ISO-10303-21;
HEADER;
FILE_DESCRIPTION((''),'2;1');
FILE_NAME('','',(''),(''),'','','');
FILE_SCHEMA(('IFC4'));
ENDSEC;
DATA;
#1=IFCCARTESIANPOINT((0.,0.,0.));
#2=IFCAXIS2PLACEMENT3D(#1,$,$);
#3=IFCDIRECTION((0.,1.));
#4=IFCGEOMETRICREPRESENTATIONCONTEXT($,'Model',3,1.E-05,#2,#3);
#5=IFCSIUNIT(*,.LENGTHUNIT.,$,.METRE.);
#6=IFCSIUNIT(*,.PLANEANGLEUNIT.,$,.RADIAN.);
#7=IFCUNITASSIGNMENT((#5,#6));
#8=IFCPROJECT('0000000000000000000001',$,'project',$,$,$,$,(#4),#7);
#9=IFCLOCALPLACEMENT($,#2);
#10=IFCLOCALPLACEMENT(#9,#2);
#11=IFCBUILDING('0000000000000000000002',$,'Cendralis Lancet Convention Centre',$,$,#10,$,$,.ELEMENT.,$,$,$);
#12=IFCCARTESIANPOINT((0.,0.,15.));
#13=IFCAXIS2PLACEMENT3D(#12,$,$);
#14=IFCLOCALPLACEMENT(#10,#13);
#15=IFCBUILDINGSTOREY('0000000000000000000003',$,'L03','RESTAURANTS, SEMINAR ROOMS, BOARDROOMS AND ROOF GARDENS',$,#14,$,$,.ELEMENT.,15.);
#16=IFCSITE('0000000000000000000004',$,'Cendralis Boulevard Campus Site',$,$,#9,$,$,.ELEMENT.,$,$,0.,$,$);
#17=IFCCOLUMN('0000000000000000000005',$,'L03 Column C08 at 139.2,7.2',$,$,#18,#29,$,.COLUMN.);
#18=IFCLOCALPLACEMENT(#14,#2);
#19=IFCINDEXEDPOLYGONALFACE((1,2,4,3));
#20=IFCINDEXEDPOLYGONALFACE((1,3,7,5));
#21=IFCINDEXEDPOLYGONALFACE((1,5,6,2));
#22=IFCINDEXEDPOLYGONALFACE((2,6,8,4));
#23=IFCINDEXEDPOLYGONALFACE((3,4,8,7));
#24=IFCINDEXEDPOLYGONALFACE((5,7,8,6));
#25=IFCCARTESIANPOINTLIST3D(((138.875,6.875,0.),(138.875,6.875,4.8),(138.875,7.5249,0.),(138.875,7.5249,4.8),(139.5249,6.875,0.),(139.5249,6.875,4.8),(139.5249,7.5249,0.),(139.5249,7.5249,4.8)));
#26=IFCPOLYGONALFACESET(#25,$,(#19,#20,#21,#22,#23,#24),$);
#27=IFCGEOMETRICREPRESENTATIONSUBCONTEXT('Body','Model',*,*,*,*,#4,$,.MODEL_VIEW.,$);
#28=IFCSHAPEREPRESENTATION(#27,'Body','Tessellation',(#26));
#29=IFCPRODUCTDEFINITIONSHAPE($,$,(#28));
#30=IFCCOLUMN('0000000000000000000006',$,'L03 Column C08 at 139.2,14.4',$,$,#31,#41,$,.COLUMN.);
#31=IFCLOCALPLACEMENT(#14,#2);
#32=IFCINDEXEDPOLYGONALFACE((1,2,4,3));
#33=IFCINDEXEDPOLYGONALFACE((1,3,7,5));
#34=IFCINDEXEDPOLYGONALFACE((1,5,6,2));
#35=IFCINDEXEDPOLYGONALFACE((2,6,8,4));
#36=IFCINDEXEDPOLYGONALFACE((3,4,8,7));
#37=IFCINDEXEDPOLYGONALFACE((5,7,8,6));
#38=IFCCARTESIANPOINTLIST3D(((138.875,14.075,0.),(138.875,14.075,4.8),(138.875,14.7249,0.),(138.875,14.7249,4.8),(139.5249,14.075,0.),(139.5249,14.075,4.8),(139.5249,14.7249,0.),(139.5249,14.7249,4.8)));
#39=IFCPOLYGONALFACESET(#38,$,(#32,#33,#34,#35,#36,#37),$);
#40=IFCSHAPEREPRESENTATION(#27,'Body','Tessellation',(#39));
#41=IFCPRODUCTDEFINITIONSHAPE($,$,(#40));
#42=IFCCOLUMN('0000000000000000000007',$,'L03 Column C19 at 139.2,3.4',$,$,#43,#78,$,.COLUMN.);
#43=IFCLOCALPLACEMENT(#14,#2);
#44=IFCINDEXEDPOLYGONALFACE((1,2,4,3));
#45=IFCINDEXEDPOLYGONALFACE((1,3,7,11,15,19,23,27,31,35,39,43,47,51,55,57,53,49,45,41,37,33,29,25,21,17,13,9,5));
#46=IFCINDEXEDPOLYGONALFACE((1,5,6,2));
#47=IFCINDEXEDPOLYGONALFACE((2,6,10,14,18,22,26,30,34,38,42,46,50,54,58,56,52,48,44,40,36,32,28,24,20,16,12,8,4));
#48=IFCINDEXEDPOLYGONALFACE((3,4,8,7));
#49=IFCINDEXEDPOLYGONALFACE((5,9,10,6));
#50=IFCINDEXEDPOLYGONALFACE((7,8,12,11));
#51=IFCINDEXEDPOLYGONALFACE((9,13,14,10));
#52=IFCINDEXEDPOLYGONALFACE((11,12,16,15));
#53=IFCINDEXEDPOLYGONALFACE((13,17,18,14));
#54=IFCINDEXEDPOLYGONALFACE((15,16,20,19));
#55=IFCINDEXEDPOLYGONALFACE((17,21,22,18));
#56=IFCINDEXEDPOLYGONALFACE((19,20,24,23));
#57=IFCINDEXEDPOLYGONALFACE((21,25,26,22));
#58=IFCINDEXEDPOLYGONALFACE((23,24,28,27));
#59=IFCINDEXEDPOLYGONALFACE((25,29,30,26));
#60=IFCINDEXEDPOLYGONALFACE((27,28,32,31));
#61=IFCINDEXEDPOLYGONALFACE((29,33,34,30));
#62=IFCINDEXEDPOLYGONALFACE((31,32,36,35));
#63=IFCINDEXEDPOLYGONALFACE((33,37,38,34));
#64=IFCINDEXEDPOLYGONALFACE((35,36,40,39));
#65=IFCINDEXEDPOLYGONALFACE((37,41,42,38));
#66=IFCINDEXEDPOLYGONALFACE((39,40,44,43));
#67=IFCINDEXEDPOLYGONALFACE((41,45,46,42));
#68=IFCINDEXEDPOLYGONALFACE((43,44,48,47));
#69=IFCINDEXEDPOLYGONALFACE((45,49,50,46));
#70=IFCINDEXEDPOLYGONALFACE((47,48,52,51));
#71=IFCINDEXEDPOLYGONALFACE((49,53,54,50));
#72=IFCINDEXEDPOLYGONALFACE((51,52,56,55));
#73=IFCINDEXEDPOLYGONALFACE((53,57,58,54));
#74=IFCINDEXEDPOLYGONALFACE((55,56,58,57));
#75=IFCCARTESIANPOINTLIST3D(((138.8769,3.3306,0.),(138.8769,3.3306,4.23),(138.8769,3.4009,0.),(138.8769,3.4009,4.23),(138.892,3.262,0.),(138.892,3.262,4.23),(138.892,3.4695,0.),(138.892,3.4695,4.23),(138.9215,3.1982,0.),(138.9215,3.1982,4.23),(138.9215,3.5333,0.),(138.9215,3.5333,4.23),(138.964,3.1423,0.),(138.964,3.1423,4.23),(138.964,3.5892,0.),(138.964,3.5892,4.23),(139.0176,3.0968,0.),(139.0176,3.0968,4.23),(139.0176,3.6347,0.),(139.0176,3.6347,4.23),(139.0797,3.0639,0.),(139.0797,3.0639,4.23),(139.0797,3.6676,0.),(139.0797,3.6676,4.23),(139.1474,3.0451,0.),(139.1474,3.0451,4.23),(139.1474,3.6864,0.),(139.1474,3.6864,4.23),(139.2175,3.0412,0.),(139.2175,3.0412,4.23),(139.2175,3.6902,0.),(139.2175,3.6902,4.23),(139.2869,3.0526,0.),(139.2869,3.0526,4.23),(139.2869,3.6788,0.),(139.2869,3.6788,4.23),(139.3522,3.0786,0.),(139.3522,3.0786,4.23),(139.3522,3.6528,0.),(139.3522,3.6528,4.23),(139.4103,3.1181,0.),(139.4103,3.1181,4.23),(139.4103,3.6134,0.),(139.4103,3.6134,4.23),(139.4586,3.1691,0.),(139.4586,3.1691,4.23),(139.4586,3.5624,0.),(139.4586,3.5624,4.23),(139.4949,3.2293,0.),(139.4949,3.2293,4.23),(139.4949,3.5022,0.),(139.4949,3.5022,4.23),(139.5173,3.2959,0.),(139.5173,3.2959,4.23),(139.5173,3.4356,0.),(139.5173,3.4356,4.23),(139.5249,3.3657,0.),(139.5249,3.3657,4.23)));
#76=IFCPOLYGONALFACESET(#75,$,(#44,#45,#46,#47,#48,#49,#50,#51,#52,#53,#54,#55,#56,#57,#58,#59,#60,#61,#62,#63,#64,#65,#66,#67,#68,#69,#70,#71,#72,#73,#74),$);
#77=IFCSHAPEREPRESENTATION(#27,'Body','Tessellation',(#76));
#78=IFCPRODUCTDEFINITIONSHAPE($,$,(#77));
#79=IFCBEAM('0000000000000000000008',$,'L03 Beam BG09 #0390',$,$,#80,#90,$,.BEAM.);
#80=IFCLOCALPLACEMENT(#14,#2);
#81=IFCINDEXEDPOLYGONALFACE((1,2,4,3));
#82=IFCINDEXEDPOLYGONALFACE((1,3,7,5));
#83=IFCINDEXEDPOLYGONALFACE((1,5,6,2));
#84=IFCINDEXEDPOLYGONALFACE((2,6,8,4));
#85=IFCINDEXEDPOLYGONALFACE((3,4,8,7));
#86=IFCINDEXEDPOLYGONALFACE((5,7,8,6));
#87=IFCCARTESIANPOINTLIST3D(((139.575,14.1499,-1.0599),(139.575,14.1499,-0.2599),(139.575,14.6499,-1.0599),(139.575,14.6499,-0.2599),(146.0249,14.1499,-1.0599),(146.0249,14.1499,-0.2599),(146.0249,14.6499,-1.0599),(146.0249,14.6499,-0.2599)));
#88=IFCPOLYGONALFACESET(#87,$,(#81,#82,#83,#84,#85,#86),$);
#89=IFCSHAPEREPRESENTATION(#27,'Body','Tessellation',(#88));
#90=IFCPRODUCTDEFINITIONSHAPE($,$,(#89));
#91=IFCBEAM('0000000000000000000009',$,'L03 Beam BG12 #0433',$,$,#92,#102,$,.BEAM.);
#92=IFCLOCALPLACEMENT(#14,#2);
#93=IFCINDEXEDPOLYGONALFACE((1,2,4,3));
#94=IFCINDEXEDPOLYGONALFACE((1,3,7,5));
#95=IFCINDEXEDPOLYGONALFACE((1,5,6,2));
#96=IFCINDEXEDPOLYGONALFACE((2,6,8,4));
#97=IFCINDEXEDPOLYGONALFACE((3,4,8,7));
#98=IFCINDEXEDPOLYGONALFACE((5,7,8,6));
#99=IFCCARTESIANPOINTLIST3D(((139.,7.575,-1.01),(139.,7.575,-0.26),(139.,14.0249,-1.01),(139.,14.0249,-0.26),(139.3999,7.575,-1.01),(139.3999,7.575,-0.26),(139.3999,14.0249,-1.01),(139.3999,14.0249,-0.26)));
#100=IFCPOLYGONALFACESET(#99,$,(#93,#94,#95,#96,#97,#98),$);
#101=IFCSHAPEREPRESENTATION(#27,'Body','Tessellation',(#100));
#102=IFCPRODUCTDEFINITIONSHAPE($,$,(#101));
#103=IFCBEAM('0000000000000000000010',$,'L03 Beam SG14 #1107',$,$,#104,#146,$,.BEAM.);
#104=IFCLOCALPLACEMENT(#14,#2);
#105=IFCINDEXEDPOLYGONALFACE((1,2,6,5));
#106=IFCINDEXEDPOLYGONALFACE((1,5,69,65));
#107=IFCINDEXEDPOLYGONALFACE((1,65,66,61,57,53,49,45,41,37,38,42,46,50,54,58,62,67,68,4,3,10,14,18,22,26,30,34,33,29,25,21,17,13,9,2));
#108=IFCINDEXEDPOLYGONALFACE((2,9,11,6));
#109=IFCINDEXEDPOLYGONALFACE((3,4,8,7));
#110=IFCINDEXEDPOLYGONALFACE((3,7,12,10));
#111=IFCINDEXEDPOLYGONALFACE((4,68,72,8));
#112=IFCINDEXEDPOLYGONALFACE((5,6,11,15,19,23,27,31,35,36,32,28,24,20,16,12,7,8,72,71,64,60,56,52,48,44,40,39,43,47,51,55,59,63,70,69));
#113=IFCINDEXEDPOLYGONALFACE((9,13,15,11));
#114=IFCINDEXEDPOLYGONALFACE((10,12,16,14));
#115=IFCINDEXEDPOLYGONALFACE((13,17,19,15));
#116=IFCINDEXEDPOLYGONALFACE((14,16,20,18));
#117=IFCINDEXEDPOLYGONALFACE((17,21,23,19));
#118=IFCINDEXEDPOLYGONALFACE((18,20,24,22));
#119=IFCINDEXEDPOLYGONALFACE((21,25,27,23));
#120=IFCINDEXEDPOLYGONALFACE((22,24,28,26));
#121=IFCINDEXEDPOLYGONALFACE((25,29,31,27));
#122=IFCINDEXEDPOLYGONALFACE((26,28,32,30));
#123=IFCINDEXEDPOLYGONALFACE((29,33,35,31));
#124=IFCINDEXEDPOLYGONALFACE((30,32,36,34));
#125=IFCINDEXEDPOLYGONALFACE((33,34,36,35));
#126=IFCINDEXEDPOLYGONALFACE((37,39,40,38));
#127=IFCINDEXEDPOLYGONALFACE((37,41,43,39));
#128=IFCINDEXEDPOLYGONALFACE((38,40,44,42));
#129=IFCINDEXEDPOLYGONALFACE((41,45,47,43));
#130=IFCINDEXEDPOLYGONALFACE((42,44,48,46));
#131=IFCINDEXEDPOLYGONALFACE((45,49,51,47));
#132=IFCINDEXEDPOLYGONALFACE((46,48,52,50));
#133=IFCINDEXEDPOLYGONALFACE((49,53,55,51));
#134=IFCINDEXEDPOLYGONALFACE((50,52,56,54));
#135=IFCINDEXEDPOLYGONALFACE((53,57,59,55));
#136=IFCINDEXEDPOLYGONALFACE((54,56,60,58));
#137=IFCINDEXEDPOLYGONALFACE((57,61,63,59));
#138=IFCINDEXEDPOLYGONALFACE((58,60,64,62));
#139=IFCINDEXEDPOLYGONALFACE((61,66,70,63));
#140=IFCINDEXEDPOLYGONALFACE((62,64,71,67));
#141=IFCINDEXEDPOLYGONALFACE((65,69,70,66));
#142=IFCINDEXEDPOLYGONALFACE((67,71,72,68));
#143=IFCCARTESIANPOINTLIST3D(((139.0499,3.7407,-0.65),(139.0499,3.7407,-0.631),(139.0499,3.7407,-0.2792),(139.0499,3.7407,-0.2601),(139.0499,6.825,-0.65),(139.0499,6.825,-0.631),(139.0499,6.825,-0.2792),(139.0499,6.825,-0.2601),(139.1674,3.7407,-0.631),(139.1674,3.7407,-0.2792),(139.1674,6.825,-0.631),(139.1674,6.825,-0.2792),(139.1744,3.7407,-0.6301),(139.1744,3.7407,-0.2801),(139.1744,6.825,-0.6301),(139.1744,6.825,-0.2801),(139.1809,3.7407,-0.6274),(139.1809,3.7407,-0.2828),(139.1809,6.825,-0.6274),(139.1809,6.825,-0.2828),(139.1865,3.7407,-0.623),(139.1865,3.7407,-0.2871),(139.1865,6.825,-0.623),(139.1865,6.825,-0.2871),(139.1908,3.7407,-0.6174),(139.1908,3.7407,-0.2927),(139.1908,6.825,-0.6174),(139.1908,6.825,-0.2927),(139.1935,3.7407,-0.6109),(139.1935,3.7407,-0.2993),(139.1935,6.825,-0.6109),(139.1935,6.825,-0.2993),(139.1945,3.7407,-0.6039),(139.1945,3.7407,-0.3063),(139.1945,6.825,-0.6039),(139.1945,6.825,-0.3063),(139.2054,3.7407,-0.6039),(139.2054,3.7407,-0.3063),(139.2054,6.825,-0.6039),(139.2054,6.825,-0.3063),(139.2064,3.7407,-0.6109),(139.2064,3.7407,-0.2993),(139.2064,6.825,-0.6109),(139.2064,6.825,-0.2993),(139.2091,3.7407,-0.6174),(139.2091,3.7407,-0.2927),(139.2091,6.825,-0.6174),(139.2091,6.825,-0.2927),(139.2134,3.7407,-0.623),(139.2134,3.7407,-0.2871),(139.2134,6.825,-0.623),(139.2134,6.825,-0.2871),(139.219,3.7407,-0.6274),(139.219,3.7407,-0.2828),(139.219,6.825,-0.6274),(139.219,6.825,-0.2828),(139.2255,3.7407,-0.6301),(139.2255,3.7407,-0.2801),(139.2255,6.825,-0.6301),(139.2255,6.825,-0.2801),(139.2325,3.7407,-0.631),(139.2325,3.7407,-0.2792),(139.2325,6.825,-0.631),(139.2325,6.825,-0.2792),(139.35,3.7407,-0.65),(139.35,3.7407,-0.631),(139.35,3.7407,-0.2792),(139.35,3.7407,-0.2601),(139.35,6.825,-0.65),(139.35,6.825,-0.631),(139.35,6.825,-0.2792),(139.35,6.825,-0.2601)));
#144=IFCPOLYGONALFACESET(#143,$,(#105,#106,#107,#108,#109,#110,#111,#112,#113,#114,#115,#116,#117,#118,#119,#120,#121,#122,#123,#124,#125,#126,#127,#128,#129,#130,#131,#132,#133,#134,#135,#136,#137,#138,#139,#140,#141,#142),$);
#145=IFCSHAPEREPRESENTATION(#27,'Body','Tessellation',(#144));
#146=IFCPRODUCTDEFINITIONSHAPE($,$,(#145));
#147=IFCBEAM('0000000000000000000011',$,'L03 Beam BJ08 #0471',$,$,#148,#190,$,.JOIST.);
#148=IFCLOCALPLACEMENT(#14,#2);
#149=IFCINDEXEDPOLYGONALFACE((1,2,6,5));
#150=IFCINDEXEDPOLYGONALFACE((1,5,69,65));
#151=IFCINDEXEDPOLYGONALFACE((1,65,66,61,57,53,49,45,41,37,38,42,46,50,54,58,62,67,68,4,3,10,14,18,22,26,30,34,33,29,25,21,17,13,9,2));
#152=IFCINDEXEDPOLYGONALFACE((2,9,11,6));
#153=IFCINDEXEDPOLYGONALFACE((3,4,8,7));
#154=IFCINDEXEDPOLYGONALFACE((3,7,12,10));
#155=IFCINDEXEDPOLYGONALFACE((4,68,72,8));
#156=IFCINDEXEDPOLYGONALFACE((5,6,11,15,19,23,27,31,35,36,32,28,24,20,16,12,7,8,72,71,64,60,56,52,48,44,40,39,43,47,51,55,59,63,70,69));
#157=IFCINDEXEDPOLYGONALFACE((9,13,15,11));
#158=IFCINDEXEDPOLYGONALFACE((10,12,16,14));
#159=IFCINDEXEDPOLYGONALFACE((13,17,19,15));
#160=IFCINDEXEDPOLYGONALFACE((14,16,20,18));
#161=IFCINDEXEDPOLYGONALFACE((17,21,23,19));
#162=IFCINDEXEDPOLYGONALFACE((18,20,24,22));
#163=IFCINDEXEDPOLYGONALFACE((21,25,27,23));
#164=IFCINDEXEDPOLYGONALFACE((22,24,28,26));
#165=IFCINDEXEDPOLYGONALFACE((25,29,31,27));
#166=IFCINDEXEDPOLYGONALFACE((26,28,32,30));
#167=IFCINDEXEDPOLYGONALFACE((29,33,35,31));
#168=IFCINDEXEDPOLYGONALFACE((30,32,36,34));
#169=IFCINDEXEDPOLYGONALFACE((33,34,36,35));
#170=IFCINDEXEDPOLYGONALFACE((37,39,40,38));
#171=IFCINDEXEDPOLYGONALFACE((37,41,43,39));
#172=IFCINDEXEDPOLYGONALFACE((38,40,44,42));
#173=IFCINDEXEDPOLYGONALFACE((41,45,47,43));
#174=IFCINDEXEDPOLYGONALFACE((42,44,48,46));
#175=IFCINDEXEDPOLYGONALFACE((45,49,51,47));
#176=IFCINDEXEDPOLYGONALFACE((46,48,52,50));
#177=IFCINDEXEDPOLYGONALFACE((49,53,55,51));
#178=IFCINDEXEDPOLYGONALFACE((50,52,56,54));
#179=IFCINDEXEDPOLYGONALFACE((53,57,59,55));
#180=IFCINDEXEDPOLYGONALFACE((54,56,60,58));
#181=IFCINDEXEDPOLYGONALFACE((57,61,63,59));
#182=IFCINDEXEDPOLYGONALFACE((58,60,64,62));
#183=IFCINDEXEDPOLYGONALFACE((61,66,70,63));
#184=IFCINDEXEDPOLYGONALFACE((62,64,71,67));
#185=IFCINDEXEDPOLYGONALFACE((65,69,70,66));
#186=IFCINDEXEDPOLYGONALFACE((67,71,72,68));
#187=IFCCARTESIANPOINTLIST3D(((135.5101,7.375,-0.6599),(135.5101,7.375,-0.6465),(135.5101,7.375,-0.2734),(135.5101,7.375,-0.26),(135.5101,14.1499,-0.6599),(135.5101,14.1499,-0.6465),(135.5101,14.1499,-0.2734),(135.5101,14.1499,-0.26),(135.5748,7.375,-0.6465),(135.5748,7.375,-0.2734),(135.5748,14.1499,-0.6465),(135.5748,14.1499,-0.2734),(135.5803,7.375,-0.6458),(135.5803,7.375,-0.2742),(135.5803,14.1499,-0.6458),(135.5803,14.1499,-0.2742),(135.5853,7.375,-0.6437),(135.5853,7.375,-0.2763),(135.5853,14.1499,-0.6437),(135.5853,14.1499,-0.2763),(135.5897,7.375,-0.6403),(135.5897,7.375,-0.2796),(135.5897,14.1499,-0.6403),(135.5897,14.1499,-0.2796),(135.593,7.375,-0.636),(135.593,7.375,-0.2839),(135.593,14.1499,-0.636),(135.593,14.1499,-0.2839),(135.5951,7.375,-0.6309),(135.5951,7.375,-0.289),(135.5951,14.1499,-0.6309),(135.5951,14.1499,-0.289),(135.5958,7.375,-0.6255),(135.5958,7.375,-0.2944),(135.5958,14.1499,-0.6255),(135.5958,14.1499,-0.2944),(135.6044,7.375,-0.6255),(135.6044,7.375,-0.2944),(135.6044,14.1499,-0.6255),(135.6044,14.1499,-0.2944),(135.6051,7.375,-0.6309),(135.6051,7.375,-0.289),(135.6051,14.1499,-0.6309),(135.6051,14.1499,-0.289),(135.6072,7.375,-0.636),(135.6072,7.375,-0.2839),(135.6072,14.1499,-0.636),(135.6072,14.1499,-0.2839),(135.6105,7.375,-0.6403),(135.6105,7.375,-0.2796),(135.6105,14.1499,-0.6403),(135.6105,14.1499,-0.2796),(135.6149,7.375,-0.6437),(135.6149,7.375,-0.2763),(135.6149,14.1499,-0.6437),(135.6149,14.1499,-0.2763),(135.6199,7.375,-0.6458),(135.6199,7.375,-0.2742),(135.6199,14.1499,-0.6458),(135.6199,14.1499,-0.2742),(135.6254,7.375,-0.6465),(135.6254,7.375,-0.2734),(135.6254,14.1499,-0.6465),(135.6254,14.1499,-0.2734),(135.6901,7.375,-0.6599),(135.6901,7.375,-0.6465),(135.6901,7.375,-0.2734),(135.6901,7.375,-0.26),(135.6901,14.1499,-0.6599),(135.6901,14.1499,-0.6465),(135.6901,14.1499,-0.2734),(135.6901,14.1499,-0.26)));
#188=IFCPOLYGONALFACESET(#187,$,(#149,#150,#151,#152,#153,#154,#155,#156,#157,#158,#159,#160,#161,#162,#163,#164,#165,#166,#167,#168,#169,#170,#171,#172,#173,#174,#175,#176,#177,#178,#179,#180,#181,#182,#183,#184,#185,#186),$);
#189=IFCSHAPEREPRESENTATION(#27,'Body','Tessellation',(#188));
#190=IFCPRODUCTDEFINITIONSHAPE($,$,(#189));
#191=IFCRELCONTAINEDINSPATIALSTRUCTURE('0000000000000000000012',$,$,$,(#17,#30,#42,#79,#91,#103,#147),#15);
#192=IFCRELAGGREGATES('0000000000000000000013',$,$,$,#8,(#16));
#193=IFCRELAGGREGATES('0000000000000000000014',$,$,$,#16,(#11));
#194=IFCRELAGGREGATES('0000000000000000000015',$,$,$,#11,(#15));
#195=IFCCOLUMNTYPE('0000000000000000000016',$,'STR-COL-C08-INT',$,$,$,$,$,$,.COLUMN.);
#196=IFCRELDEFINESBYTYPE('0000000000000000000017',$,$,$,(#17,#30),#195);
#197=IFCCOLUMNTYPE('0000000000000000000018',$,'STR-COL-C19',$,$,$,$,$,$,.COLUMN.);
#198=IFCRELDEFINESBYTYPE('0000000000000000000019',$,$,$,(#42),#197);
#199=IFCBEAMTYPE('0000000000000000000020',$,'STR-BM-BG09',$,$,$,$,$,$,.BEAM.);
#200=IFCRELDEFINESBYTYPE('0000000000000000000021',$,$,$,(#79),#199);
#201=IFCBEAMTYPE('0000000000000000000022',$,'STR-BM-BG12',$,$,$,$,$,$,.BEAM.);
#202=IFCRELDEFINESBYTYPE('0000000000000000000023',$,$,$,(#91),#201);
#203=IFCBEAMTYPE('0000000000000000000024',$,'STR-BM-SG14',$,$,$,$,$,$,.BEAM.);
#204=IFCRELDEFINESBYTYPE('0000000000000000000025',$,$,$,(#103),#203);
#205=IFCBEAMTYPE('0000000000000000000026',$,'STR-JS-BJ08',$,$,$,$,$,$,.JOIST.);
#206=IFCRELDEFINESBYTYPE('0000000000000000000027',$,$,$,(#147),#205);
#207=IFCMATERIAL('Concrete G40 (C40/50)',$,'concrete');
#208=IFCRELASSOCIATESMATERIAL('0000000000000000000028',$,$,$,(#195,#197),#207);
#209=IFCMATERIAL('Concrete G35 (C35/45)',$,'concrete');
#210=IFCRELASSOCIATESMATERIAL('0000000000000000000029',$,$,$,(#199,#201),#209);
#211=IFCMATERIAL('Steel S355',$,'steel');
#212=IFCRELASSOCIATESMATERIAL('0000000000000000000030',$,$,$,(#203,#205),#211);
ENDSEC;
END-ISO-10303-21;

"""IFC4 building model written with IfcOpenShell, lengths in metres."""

from ifc_helpers import new_model, si_unit, direction, frame, origin, origin_2d, place, context, subcontext, project, spatial, rectangle, circle, i_section, extrude, material, material_profile, profile_set, type_object, element, save


model = new_model("IFC4")

# Units and contexts
model_context = context("Model", 3, precision=1e-05, world=origin(), true_north=direction((0.0, 1.0)))
body_context = subcontext(model_context, "Body", "Model", "MODEL_VIEW")
ifc_project = project(units=[si_unit("LENGTHUNIT", "METRE"), si_unit("PLANEANGLEUNIT", "RADIAN")], contexts=[model_context])

# Site, building, storey
site_placement = place(None, origin())
site = spatial("IfcSite", under=ifc_project, at=site_placement, Name="Cendralis Boulevard Campus Site", CompositionType="ELEMENT", RefElevation=0.0)
building_placement = place(site_placement, origin())
building = spatial("IfcBuilding", under=site, at=building_placement, Name="Cendralis Lancet Convention Centre", CompositionType="ELEMENT")
storey_placement = place(building_placement, frame((0.0, 0.0, 15.0)))
storey = spatial("IfcBuildingStorey", under=building, at=storey_placement, Name="L03", Description="RESTAURANTS, SEMINAR ROOMS, BOARDROOMS AND ROOF GARDENS", CompositionType="ELEMENT", Elevation=15.0)

# Columns
ifc_material_1 = material(Name="Concrete G40 (C40/50)", Category="concrete")
ifc_material_profile_1 = material_profile(ifc_material_1, rectangle(XDim=0.6499, YDim=0.6499, at=origin_2d()), Name="RC 650x650")
ifc_profile_set_1 = profile_set([ifc_material_profile_1], Name="Concrete G40 (C40/50)")
column_type_1 = type_object("IfcColumnType", Name="STR-COL-C08-INT", PredefinedType="COLUMN", material=ifc_profile_set_1)
for number, where, z_axis, x_axis, name in (
    (1, (139.2, 7.2, 0.0), (0.0, 0.0, 1.0), (1.0, 0.0, 0.0), "L03 Column C08 at 139.2,7.2"),
    (2, (139.2, 14.3999, 0.0), (0.0, 0.0, 1.0), (1.0, 0.0, 0.0), "L03 Column C08 at 139.2,14.4"),
):
    element("IfcColumn", number, at=place(storey_placement, frame(where, z_axis=z_axis, x_axis=x_axis)), inside=storey, type_object=column_type_1, Name=name, PredefinedType="COLUMN", context=body_context, shape_type="SweptSolid", body=[
        extrude(rectangle(XDim=0.6499, YDim=0.6499, at=origin_2d()), origin(), (0.0, 0.0, 1.0), 4.8),
    ])
ifc_material_profile_2 = material_profile(ifc_material_1, circle(Radius=0.325, at=origin_2d()), Name="RC D650")
ifc_profile_set_2 = profile_set([ifc_material_profile_2], Name="Concrete G40 (C40/50)")
column_type_2 = type_object("IfcColumnType", Name="STR-COL-C19", PredefinedType="COLUMN", material=ifc_profile_set_2)
column_placement = place(storey_placement, frame((139.2, 3.3657, 0.0), z_axis=(0.0, 0.0, 1.0), x_axis=(1.0, 0.0, 0.0)))
element("IfcColumn", 3, at=column_placement, inside=storey, type_object=column_type_2, Name="L03 Column C19 at 139.2,3.4", PredefinedType="COLUMN", context=body_context, shape_type="SweptSolid", body=[
    extrude(circle(Radius=0.325, at=origin_2d()), origin(), (0.0, 0.0, 1.0), 4.23),
])

# Beams
ifc_material_2 = material(Name="Concrete G35 (C35/45)", Category="concrete")
ifc_material_profile_3 = material_profile(ifc_material_2, rectangle(XDim=0.5, YDim=0.8, at=origin_2d()), Name="RCB 500x800")
ifc_profile_set_3 = profile_set([ifc_material_profile_3], Name="Concrete G35 (C35/45)")
beam_type_1 = type_object("IfcBeamType", Name="STR-BM-BG09", PredefinedType="BEAM", material=ifc_profile_set_3)
beam_1_placement = place(storey_placement, frame((139.575, 14.3999, -0.6599), z_axis=(1.0, 0.0, 0.0), x_axis=(0.0, 1.0, 0.0)))
element("IfcBeam", 4, at=beam_1_placement, inside=storey, type_object=beam_type_1, Name="L03 Beam BG09 #0390", PredefinedType="BEAM", context=body_context, shape_type="SweptSolid", body=[
    extrude(rectangle(XDim=0.5, YDim=0.8, at=origin_2d()), origin(), (0.0, 0.0, 1.0), 6.45),
])
ifc_material_profile_4 = material_profile(ifc_material_2, rectangle(XDim=0.3999, YDim=0.75, at=origin_2d()), Name="RCB 400x750")
ifc_profile_set_4 = profile_set([ifc_material_profile_4], Name="Concrete G35 (C35/45)")
beam_type_2 = type_object("IfcBeamType", Name="STR-BM-BG12", PredefinedType="BEAM", material=ifc_profile_set_4)
beam_2_placement = place(storey_placement, frame((139.2, 7.575, -0.635), z_axis=(0.0, 1.0, 0.0), x_axis=(-1.0, 0.0, 0.0)))
element("IfcBeam", 5, at=beam_2_placement, inside=storey, type_object=beam_type_2, Name="L03 Beam BG12 #0433", PredefinedType="BEAM", context=body_context, shape_type="SweptSolid", body=[
    extrude(rectangle(XDim=0.3999, YDim=0.75, at=origin_2d()), origin(), (0.0, 0.0, 1.0), 6.45),
])
ifc_material_3 = material(Name="Steel S355", Category="steel")
ifc_material_profile_5 = material_profile(ifc_material_3, i_section(OverallWidth=0.3, OverallDepth=0.3899, WebThickness=0.011, FlangeThickness=0.019, FilletRadius=0.0271, at=origin_2d()), Name="HEA 400")
ifc_profile_set_5 = profile_set([ifc_material_profile_5], Name="Steel S355")
beam_type_3 = type_object("IfcBeamType", Name="STR-BM-SG14", PredefinedType="BEAM", material=ifc_profile_set_5)
beam_3_placement = place(storey_placement, frame((139.2, 3.7407, -0.4551), z_axis=(0.0, 1.0, 0.0), x_axis=(-1.0, 0.0, 0.0)))
element("IfcBeam", 6, at=beam_3_placement, inside=storey, type_object=beam_type_3, Name="L03 Beam SG14 #1107", PredefinedType="BEAM", context=body_context, shape_type="SweptSolid", body=[
    extrude(i_section(OverallWidth=0.3, OverallDepth=0.3899, WebThickness=0.011, FlangeThickness=0.019, FilletRadius=0.0271, at=origin_2d()), origin(), (0.0, 0.0, 1.0), 3.0842),
])
ifc_material_profile_6 = material_profile(ifc_material_3, i_section(OverallWidth=0.1799, OverallDepth=0.3999, WebThickness=0.0085, FlangeThickness=0.0134, FilletRadius=0.021, at=origin_2d()), Name="IPE 400")
ifc_profile_set_6 = profile_set([ifc_material_profile_6], Name="Steel S355")
beam_type_4 = type_object("IfcBeamType", Name="STR-JS-BJ08", PredefinedType="JOIST", material=ifc_profile_set_6)
beam_4_placement = place(storey_placement, frame((135.6001, 7.375, -0.46), z_axis=(0.0, 1.0, 0.0), x_axis=(-1.0, 0.0, 0.0)))
element("IfcBeam", 7, at=beam_4_placement, inside=storey, type_object=beam_type_4, Name="L03 Beam BJ08 #0471", PredefinedType="JOIST", context=body_context, shape_type="SweptSolid", body=[
    extrude(i_section(OverallWidth=0.1799, OverallDepth=0.3999, WebThickness=0.0085, FlangeThickness=0.0134, FilletRadius=0.021, at=origin_2d()), origin(), (0.0, 0.0, 1.0), 6.7749),
])

save(model, "model.ifc")
